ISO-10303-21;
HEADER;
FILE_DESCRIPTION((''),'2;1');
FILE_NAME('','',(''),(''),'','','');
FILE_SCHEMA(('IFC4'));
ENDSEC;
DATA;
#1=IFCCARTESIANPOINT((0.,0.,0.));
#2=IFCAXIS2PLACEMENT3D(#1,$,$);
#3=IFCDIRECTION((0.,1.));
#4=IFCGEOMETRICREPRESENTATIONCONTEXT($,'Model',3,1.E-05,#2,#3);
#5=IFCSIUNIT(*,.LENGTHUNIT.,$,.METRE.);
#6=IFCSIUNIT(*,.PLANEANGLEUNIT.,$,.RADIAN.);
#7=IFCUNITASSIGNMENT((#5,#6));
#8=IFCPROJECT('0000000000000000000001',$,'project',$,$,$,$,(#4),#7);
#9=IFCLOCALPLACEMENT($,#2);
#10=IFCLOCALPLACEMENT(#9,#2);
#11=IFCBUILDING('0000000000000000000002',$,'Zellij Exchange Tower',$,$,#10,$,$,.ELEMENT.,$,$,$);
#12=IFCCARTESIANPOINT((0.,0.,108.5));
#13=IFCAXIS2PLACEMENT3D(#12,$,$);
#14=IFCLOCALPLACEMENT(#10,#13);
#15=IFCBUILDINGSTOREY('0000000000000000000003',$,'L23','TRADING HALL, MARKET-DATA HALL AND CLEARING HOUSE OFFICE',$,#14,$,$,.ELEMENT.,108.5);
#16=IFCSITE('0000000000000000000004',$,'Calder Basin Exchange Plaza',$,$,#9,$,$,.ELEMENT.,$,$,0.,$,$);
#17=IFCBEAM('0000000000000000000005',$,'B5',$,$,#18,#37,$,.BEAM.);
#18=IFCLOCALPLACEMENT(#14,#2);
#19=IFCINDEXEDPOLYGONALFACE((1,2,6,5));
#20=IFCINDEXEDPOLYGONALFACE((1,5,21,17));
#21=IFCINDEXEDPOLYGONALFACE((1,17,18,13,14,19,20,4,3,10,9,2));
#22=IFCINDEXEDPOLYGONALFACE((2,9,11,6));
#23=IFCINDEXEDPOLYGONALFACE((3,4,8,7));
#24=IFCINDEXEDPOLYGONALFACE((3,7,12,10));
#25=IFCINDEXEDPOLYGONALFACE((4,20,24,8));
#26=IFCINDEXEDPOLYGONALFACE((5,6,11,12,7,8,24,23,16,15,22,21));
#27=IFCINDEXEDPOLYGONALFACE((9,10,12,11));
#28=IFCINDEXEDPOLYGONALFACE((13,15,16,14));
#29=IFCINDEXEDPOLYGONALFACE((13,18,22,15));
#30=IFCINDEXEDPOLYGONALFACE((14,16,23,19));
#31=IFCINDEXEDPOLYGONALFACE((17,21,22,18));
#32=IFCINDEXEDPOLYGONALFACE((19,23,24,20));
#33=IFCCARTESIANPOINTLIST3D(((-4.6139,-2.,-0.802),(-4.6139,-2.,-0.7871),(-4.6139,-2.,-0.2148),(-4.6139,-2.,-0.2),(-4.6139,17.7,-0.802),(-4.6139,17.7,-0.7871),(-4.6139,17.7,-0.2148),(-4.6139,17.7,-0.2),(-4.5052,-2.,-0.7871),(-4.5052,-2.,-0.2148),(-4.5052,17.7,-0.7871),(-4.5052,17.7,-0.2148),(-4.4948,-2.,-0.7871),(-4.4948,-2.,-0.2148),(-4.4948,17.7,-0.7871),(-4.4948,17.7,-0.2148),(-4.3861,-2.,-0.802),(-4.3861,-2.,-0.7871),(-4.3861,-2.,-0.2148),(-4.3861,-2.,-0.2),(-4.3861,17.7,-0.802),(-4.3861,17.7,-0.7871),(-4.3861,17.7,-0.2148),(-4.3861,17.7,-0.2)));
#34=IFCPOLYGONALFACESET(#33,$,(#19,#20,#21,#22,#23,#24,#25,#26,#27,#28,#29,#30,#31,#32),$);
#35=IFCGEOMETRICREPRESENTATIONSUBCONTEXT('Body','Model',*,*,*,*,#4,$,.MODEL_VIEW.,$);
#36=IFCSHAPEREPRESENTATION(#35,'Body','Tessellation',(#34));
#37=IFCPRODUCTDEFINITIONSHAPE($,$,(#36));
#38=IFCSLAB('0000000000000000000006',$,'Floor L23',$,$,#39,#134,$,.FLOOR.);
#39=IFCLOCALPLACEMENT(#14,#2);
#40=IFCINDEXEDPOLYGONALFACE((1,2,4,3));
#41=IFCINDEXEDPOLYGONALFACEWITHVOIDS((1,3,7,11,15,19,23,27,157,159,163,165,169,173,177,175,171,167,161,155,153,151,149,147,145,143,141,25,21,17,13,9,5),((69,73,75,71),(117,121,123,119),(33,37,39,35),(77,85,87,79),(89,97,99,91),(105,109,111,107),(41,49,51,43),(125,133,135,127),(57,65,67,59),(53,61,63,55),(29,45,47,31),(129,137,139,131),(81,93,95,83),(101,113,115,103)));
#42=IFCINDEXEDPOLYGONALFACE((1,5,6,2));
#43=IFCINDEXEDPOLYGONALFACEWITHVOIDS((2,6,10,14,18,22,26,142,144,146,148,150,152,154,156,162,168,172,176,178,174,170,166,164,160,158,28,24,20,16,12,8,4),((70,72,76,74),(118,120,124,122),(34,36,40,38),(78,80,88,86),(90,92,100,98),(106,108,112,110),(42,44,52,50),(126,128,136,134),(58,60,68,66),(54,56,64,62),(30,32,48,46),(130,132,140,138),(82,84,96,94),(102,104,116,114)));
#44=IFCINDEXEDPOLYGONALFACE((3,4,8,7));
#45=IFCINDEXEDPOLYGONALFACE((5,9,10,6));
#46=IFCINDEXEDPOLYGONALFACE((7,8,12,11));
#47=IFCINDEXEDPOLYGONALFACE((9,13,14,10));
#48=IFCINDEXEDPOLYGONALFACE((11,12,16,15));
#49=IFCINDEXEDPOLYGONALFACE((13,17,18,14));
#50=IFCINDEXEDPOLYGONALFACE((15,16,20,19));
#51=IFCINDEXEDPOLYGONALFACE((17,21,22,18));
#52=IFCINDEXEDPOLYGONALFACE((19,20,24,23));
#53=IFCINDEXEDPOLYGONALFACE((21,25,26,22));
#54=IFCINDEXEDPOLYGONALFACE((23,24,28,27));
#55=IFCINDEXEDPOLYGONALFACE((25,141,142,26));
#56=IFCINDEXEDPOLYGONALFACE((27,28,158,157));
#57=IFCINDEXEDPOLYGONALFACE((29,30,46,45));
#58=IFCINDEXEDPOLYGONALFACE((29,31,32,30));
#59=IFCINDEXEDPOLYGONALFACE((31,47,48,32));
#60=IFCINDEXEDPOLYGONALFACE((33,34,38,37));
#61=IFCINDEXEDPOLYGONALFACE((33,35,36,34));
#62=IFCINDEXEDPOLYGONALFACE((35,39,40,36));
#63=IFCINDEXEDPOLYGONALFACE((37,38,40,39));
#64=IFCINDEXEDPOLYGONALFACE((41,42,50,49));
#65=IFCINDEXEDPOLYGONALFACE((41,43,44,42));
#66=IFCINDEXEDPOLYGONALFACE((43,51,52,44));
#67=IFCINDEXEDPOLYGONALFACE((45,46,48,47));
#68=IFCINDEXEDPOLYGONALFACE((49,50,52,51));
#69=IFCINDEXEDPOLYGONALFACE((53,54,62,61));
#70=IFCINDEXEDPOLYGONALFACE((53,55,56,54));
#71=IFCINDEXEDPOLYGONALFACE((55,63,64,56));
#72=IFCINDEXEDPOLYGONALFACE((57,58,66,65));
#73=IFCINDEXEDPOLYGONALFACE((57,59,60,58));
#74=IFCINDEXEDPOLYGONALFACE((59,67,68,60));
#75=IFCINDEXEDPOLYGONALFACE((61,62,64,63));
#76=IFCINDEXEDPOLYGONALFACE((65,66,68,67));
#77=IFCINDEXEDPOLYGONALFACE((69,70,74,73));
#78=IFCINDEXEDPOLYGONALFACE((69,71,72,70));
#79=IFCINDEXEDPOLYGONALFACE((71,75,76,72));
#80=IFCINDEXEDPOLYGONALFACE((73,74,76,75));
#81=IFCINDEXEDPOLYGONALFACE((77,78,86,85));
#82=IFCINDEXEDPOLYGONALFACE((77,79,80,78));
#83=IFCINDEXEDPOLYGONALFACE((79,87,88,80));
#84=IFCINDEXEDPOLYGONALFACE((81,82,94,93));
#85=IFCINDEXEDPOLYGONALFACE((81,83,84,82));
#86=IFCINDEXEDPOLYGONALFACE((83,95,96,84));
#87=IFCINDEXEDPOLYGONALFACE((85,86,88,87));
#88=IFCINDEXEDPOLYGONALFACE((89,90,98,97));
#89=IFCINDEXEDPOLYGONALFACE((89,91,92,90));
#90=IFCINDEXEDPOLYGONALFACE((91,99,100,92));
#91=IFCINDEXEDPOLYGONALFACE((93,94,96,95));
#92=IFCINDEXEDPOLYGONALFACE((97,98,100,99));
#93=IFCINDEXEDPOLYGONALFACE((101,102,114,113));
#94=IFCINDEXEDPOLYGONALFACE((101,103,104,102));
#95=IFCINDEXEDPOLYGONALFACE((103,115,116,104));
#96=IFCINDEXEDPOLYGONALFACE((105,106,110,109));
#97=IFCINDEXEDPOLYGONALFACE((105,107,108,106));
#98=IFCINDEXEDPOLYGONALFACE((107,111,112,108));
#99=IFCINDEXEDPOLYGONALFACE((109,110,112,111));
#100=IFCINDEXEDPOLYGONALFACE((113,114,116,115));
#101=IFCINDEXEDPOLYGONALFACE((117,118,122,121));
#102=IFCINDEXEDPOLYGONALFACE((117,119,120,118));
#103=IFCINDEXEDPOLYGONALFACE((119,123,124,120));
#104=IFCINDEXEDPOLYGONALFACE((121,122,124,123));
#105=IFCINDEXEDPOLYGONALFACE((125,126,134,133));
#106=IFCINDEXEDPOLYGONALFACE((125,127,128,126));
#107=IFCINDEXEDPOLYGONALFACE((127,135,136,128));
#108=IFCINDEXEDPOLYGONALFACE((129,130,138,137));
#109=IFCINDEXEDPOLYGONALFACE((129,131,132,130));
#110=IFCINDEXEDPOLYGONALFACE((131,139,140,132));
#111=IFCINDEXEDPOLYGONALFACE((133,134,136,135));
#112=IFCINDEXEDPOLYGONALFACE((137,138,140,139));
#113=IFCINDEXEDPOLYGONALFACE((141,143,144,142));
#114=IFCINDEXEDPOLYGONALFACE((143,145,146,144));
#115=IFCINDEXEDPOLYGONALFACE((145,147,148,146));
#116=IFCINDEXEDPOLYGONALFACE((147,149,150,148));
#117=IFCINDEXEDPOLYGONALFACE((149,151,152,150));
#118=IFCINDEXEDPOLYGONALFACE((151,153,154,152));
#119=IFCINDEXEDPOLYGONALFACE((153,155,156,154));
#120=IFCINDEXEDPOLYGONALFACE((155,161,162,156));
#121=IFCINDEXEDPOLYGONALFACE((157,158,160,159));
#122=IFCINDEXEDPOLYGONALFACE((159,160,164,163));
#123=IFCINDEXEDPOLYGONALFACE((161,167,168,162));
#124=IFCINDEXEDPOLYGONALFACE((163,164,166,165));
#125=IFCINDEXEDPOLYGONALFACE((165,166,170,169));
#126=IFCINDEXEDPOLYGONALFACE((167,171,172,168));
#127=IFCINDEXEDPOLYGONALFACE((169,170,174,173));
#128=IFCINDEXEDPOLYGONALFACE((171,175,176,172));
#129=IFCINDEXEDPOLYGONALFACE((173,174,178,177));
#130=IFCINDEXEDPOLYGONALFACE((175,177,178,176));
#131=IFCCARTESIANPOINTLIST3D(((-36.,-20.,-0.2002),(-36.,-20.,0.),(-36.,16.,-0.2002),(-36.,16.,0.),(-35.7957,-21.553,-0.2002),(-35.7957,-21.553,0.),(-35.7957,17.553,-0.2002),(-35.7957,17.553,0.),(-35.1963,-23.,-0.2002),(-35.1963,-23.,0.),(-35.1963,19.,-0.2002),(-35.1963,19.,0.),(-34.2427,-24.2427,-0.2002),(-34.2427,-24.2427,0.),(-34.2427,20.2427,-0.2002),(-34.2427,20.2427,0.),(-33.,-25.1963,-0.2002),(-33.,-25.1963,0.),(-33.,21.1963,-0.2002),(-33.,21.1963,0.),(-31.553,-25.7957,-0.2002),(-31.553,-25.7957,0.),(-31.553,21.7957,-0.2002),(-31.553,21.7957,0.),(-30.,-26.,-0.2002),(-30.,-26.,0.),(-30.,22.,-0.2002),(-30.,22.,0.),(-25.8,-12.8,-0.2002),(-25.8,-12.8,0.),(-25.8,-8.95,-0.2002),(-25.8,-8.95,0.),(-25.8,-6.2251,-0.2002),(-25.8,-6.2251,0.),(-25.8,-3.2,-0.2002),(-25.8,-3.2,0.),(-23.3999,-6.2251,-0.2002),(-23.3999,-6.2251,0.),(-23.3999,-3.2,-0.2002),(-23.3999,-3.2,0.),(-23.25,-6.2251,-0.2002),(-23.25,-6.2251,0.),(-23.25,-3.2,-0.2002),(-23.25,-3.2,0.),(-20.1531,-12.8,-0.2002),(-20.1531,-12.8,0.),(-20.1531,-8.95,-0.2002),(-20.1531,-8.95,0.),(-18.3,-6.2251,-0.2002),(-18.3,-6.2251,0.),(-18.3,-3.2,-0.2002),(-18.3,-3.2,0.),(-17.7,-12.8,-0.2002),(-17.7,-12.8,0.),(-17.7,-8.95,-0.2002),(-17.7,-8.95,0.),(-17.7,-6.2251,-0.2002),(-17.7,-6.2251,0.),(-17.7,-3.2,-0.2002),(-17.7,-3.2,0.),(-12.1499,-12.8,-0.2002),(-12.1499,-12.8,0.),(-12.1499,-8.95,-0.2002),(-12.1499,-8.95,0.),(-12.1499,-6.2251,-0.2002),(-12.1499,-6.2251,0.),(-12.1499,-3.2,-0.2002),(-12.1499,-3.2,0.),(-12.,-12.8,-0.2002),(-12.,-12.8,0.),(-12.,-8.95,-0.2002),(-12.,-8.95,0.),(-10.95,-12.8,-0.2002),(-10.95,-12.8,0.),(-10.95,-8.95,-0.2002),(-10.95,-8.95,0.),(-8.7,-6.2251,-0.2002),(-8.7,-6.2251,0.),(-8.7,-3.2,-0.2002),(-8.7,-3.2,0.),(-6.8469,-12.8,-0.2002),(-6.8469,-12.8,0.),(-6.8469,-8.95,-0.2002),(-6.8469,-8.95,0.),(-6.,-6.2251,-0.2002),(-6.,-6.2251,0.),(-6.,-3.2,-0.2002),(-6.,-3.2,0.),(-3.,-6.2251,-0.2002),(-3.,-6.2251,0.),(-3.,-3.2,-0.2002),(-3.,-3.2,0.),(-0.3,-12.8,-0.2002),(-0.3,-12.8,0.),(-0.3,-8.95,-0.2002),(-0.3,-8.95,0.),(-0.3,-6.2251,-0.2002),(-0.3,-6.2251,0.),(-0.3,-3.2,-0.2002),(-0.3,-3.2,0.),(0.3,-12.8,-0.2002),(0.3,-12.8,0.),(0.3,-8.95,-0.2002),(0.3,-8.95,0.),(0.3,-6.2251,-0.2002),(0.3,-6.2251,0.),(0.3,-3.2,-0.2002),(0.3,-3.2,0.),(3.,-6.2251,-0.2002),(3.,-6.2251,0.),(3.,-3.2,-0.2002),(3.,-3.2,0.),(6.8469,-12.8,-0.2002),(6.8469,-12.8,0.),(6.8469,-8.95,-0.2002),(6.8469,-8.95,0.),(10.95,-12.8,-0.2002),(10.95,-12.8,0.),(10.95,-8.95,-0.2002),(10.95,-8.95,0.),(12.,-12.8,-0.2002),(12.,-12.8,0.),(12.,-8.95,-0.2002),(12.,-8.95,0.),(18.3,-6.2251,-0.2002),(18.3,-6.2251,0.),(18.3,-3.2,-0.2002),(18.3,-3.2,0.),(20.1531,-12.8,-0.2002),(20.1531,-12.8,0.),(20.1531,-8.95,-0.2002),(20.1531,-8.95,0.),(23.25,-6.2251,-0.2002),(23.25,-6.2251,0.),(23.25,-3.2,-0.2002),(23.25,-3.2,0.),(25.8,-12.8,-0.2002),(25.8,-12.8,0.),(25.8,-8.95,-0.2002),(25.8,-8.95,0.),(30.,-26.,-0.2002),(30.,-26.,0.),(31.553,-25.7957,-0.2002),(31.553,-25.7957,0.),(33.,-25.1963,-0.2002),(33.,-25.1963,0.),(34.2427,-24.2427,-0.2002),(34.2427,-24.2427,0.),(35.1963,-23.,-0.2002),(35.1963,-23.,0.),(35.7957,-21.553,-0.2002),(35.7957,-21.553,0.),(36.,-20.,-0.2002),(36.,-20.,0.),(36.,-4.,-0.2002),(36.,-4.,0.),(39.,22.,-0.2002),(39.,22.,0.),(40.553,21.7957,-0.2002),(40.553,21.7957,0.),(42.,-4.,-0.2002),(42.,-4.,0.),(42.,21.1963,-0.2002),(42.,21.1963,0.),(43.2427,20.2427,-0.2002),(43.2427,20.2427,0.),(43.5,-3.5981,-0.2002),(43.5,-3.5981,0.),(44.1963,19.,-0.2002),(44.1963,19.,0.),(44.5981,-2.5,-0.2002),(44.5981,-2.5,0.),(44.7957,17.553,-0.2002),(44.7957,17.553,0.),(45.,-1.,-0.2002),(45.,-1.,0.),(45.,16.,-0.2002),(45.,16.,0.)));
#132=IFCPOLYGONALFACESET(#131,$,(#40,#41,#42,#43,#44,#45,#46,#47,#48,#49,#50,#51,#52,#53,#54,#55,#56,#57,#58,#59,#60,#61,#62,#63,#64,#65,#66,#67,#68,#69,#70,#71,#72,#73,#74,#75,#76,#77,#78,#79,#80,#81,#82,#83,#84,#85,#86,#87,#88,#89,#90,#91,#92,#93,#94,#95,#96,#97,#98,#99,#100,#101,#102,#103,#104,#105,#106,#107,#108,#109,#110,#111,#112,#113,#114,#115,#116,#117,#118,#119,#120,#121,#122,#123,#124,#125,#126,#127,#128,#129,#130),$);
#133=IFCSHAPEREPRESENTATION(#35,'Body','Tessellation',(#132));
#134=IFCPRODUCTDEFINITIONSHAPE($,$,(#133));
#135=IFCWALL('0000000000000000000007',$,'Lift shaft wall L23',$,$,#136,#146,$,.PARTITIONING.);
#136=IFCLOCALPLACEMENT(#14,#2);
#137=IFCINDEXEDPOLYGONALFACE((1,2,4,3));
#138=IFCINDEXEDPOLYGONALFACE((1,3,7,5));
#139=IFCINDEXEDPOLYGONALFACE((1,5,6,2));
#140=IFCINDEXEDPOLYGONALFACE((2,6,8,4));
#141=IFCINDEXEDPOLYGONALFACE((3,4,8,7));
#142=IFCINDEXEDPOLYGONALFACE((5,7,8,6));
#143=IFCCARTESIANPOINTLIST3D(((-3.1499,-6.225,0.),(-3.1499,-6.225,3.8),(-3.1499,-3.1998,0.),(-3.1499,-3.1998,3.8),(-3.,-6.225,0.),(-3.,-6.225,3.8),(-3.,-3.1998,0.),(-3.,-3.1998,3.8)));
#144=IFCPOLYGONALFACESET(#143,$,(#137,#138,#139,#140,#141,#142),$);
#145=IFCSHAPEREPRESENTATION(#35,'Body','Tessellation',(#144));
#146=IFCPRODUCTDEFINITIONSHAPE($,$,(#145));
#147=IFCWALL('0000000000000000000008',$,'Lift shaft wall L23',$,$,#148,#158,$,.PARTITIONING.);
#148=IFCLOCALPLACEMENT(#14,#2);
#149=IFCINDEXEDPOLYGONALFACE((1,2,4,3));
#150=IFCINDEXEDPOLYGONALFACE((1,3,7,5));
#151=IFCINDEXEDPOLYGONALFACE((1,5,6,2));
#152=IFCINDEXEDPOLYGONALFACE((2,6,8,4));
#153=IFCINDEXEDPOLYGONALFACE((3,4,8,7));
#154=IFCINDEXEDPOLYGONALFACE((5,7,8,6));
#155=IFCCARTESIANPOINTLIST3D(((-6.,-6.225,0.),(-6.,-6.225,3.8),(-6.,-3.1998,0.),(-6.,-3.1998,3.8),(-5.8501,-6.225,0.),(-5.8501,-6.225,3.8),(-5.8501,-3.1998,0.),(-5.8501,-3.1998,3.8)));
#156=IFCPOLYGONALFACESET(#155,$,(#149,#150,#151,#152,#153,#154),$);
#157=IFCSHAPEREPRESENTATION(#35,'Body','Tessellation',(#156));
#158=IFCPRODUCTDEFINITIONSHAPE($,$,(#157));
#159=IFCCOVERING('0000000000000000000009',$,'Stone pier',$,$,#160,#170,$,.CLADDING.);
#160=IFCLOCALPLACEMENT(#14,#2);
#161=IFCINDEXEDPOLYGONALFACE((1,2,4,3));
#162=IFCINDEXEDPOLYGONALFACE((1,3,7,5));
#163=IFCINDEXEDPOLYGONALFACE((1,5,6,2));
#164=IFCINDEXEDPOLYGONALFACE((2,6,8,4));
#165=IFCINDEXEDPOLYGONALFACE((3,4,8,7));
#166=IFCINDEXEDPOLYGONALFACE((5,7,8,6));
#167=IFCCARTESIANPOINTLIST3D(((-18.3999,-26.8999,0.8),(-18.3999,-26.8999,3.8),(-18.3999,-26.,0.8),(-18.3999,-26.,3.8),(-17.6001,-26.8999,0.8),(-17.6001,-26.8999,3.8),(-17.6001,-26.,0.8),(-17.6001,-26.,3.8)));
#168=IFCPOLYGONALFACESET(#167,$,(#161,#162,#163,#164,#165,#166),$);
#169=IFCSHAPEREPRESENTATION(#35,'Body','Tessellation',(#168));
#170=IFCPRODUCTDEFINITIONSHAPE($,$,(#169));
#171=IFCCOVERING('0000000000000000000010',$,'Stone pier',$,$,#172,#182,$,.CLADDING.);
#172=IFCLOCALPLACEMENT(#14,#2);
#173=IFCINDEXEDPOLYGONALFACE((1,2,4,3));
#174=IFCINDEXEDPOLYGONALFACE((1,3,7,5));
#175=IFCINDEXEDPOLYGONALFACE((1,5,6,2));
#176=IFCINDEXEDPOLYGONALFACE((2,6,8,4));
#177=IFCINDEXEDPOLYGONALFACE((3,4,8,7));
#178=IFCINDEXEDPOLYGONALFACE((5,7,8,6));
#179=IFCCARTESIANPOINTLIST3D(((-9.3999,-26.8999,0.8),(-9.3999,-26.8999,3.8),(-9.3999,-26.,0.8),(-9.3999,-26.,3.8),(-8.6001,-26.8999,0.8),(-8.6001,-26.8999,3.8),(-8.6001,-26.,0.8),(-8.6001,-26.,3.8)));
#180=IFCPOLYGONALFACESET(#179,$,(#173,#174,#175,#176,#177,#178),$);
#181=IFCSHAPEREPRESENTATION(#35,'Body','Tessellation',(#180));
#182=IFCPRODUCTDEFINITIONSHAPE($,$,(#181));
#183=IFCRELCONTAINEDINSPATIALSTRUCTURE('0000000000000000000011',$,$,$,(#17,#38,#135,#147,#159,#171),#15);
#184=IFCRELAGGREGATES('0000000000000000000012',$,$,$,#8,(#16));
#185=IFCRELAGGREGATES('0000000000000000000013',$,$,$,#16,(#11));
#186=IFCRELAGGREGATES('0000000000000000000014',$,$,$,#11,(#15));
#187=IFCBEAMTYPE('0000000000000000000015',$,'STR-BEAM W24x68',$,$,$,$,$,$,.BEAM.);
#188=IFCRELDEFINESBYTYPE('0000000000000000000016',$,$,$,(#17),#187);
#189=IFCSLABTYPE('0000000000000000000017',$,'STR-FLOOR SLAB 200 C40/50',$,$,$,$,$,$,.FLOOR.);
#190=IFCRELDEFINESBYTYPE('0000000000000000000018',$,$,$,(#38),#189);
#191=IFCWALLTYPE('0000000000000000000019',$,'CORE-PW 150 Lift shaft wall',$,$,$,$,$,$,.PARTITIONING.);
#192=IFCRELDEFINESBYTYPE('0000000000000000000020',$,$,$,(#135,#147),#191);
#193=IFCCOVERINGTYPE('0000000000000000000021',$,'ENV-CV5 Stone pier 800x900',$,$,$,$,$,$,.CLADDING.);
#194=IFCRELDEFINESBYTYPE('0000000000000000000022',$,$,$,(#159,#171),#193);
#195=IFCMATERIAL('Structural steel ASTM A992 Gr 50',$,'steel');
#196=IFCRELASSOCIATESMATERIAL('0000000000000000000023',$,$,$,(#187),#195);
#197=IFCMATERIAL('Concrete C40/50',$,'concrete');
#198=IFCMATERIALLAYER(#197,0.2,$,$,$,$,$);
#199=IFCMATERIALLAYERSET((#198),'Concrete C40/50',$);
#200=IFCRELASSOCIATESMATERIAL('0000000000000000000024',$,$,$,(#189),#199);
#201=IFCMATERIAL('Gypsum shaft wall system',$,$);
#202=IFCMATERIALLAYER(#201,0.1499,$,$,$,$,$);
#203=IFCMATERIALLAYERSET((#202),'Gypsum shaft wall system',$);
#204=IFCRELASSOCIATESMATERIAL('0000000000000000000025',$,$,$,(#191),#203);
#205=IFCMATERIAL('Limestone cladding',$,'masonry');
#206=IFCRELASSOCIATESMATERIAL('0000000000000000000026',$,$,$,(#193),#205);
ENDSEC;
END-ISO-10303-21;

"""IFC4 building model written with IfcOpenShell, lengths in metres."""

from ifc_helpers import new_model, si_unit, direction, frame, frame_2d, origin, origin_2d, place, context, subcontext, project, spatial, polyline, rectangle, i_section, outline, extrude, material, layer, layer_set, material_profile, profile_set, type_object, element, save


model = new_model("IFC4")

# Units and contexts
model_context = context("Model", 3, precision=1e-05, world=origin(), true_north=direction((0.0, 1.0)))
body_context = subcontext(model_context, "Body", "Model", "MODEL_VIEW")
ifc_project = project(units=[si_unit("LENGTHUNIT", "METRE"), si_unit("PLANEANGLEUNIT", "RADIAN")], contexts=[model_context])

# Site, building, storey
site_placement = place(None, origin())
site = spatial("IfcSite", under=ifc_project, at=site_placement, Name="Calder Basin Exchange Plaza", CompositionType="ELEMENT", RefElevation=0.0)
building_placement = place(site_placement, origin())
building = spatial("IfcBuilding", under=site, at=building_placement, Name="Zellij Exchange Tower", CompositionType="ELEMENT")
storey_placement = place(building_placement, frame((0.0, 0.0, 108.5)))
storey = spatial("IfcBuildingStorey", under=building, at=storey_placement, Name="L23", Description="TRADING HALL, MARKET-DATA HALL AND CLEARING HOUSE OFFICE", CompositionType="ELEMENT", Elevation=108.5)

# Beam
ifc_material_1 = material(Name="Structural steel ASTM A992 Gr 50", Category="steel")
ifc_material_profile = material_profile(ifc_material_1, i_section(OverallWidth=0.2278, OverallDepth=0.6021, WebThickness=0.0105, FlangeThickness=0.0149, at=origin_2d()), Name="W24x68")
ifc_profile_set = profile_set([ifc_material_profile], Name="Structural steel ASTM A992 Gr 50")
beam_type = type_object("IfcBeamType", Name="STR-BEAM W24x68", PredefinedType="BEAM", material=ifc_profile_set)
beam_placement = place(storey_placement, frame((-4.5, -2.0, -0.501), z_axis=(0.0, 1.0, 0.0), x_axis=(-1.0, 0.0, 0.0)))
element("IfcBeam", 1, at=beam_placement, inside=storey, type_object=beam_type, Name="B5", PredefinedType="BEAM", context=body_context, shape_type="SweptSolid", body=[
    extrude(i_section(OverallWidth=0.2278, OverallDepth=0.6021, WebThickness=0.0105, FlangeThickness=0.0149, at=origin_2d()), origin(), (0.0, 0.0, 1.0), 19.7),
])

# Slab
ifc_material_2 = material(Name="Concrete C40/50", Category="concrete")
ifc_layer_1 = layer(ifc_material_2, 0.2)
ifc_layer_set_1 = layer_set([ifc_layer_1], Name="Concrete C40/50")
slab_type = type_object("IfcSlabType", Name="STR-FLOOR SLAB 200 C40/50", PredefinedType="FLOOR", material=ifc_layer_set_1)
slab_placement = place(storey_placement, frame((0.0, 0.0, -0.2002)))
element("IfcSlab", 2, at=slab_placement, inside=storey, type_object=slab_type, Name="Floor L23", PredefinedType="FLOOR", context=body_context, shape_type="SweptSolid", body=[
    extrude(outline(polyline([(35.7957, -21.553), (35.1963, -23.0), (34.2427, -24.2427), (33.0, -25.1963), (31.553, -25.7957), (30.0, -26.0), (-30.0, -26.0), (-31.553, -25.7957), (-33.0, -25.1963), (-34.2427, -24.2427), (-35.1963, -23.0), (-35.7957, -21.553), (-36.0, -20.0), (-36.0, 16.0), (-35.7957, 17.553), (-35.1963, 19.0), (-34.2427, 20.2427), (-33.0, 21.1963), (-31.553, 21.7957), (-30.0, 22.0), (39.0, 22.0), (40.553, 21.7957), (42.0, 21.1963), (43.2427, 20.2427), (44.1963, 19.0), (44.7957, 17.553), (45.0, 16.0), (45.0, -1.0), (44.5981, -2.5), (43.5, -3.5981), (42.0, -4.0), (36.0, -4.0), (36.0, -20.0), (35.7957, -21.553)]), holes=[polyline([(-25.8, -8.95), (-25.8, -12.8), (-20.1531, -12.8), (-20.1531, -8.95), (-25.8, -8.95)]), polyline([(-12.1499, -8.95), (-17.7, -8.95), (-17.7, -12.8), (-12.1499, -12.8), (-12.1499, -8.95)]), polyline([(-10.95, -8.95), (-12.0, -8.95), (-12.0, -12.8), (-10.95, -12.8), (-10.95, -8.95)]), polyline([(-23.3999, -3.2), (-25.8, -3.2), (-25.8, -6.2251), (-23.3999, -6.2251), (-23.3999, -3.2)]), polyline([(-18.3, -3.2), (-23.25, -3.2), (-23.25, -6.2251), (-18.3, -6.2251), (-18.3, -3.2)]), polyline([(-12.1499, -3.2), (-17.7, -3.2), (-17.7, -6.2251), (-12.1499, -6.2251), (-12.1499, -3.2)]), polyline([(-6.0, -3.2), (-8.7, -3.2), (-8.7, -6.2251), (-6.0, -6.2251), (-6.0, -3.2)]), polyline([(-6.8469, -8.95), (-6.8469, -12.8), (-0.3, -12.8), (-0.3, -8.95), (-6.8469, -8.95)]), polyline([(6.8469, -8.95), (0.3, -8.95), (0.3, -12.8), (6.8469, -12.8), (6.8469, -8.95)]), polyline([(12.0, -8.95), (10.95, -8.95), (10.95, -12.8), (12.0, -12.8), (12.0, -8.95)]), polyline([(25.8, -8.95), (20.1531, -8.95), (20.1531, -12.8), (25.8, -12.8), (25.8, -8.95)]), polyline([(-0.3, -3.2), (-3.0, -3.2), (-3.0, -6.2251), (-0.3, -6.2251), (-0.3, -3.2)]), polyline([(3.0, -3.2), (0.3, -3.2), (0.3, -6.2251), (3.0, -6.2251), (3.0, -3.2)]), polyline([(23.25, -3.2), (18.3, -3.2), (18.3, -6.2251), (23.25, -6.2251), (23.25, -3.2)])]), origin(), (0.0, 0.0, 1.0), 0.2002),
])

# Walls
ifc_material_3 = material(Name="Gypsum shaft wall system")
ifc_layer_2 = layer(ifc_material_3, 0.1499)
ifc_layer_set_2 = layer_set([ifc_layer_2], Name="Gypsum shaft wall system")
wall_type = type_object("IfcWallType", Name="CORE-PW 150 Lift shaft wall", PredefinedType="PARTITIONING", material=ifc_layer_set_2)
for number, where, z_axis, x_axis, name in (
    (3, (-3.075, -6.2251, 0.0), (0.0, 0.0, 1.0), (0.0, 1.0, 0.0), "Lift shaft wall L23"),
    (4, (-5.925, -6.2251, 0.0), (0.0, 0.0, 1.0), (0.0, 1.0, 0.0), "Lift shaft wall L23"),
):
    element("IfcWall", number, at=place(storey_placement, frame(where, z_axis=z_axis, x_axis=x_axis)), inside=storey, type_object=wall_type, Name=name, PredefinedType="PARTITIONING", context=body_context, shape_type="SweptSolid", body=[
        extrude(rectangle(XDim=3.0251, YDim=0.1499, at=frame_2d((1.5127, 0.0))), origin(), (0.0, 0.0, 1.0), 3.8),
    ])

# Coverings
ifc_material_4 = material(Name="Limestone cladding", Category="masonry")
covering_type_1 = type_object("IfcCoveringType", Name="ENV-CV5 Stone pier 800x900", PredefinedType="CLADDING", material=ifc_material_4)
covering_1_placement = place(storey_placement, frame((0.0, 0.0, 0.8)))
element("IfcCovering", 5, at=covering_1_placement, inside=storey, type_object=covering_type_1, Name="Stone pier", PredefinedType="CLADDING", context=body_context, shape_type="SweptSolid", body=[
    extrude(outline(polyline([(-18.3999, -26.0), (-17.6001, -26.0), (-17.6001, -26.8999), (-18.3999, -26.8999), (-18.3999, -26.0)])), origin(), (0.0, 0.0, 1.0), 3.0),
])
covering_2_placement = place(storey_placement, frame((0.0, 0.0, 0.8)))
element("IfcCovering", 6, at=covering_2_placement, inside=storey, type_object=covering_type_1, Name="Stone pier", PredefinedType="CLADDING", context=body_context, shape_type="SweptSolid", body=[
    extrude(outline(polyline([(-9.3999, -26.0), (-8.6001, -26.0), (-8.6001, -26.8999), (-9.3999, -26.8999), (-9.3999, -26.0)])), origin(), (0.0, 0.0, 1.0), 3.0),
])

save(model, "model.ifc")
